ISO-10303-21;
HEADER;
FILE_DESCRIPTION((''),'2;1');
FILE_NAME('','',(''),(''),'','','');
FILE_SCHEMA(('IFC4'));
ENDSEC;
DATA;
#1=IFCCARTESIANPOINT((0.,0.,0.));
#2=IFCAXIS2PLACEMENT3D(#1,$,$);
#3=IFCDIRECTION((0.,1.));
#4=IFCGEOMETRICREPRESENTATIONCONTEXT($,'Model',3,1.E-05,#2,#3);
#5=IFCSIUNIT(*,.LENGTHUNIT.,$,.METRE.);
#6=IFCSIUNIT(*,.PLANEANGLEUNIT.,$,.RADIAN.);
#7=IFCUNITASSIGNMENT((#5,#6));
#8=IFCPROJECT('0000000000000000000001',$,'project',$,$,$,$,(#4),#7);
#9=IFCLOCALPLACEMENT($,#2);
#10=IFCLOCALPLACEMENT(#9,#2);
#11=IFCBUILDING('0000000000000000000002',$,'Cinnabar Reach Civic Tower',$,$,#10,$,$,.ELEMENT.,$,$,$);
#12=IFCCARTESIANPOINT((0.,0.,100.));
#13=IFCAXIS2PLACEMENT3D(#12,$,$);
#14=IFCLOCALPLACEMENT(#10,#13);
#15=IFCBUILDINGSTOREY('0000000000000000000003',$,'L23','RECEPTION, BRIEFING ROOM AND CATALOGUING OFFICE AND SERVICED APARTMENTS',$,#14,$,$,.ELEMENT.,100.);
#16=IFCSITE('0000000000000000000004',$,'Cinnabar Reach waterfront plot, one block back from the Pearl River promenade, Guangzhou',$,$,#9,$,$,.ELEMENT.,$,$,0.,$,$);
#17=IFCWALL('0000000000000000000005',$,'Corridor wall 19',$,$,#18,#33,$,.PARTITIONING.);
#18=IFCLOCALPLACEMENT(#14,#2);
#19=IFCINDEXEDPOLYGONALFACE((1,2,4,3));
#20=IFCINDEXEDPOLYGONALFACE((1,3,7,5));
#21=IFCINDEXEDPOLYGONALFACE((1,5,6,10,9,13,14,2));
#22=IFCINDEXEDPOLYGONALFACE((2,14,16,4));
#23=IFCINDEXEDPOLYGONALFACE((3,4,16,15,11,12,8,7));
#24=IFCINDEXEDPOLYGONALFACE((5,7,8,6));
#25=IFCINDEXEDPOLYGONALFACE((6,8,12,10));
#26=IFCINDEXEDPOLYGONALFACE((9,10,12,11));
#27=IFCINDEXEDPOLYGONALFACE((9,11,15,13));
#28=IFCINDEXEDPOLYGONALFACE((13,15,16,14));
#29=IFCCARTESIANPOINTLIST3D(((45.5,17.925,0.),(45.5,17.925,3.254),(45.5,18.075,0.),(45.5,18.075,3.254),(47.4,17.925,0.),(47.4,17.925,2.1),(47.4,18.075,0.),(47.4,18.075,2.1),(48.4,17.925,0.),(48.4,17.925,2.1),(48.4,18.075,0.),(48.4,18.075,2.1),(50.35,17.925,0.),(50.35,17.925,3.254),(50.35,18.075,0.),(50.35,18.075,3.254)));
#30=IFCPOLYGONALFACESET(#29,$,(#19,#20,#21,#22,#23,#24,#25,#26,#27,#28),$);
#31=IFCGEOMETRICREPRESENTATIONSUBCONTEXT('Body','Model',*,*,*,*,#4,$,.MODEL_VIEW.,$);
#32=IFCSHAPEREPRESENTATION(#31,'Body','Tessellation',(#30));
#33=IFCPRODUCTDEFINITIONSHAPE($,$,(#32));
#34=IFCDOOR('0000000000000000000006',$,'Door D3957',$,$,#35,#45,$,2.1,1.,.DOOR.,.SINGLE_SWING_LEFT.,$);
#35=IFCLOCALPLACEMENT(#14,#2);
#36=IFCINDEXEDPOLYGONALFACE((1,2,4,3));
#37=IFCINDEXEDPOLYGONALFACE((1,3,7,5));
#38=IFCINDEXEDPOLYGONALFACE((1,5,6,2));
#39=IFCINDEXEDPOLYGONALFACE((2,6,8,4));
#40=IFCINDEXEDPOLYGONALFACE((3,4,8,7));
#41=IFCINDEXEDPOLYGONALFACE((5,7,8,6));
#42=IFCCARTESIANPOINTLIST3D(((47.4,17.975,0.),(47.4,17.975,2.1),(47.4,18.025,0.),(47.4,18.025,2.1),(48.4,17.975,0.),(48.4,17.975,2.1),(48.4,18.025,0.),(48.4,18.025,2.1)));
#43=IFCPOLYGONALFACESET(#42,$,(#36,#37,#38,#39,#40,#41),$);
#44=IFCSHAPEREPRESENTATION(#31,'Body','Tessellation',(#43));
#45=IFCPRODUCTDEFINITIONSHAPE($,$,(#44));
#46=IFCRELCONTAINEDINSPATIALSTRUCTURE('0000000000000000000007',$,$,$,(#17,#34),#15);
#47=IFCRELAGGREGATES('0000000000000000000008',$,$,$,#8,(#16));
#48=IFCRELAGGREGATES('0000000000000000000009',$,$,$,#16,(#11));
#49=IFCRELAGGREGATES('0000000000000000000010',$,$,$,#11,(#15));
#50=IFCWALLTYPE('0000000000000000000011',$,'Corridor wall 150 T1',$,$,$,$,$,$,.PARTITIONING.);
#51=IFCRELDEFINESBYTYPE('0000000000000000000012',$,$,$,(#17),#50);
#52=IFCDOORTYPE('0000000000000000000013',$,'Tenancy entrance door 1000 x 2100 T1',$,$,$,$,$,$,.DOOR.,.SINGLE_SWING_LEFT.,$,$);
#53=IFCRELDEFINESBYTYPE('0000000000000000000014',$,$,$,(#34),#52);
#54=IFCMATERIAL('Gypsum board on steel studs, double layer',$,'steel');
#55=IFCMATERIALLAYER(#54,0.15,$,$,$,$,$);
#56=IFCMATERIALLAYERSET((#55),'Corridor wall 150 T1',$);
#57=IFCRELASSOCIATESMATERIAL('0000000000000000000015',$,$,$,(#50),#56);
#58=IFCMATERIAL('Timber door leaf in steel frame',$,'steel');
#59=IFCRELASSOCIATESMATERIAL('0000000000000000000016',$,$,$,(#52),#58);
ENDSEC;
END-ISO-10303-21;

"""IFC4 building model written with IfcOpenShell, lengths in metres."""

from ifc_helpers import new_model, si_unit, direction, frame, frame_2d, origin, place, context, subcontext, project, spatial, rectangle, extrude, material, layer, layer_set, type_object, element, fill, save


model = new_model("IFC4")

# Units and contexts
model_context = context("Model", 3, precision=1e-05, world=origin(), true_north=direction((0.0, 1.0)))
body_context = subcontext(model_context, "Body", "Model", "MODEL_VIEW")
ifc_project = project(units=[si_unit("LENGTHUNIT", "METRE"), si_unit("PLANEANGLEUNIT", "RADIAN")], contexts=[model_context])

# Site, building, storey
site_placement = place(None, origin())
site = spatial("IfcSite", under=ifc_project, at=site_placement, Name="Cinnabar Reach waterfront plot, one block back from the Pearl River promenade, Guangzhou", CompositionType="ELEMENT", RefElevation=0.0)
building_placement = place(site_placement, origin())
building = spatial("IfcBuilding", under=site, at=building_placement, Name="Cinnabar Reach Civic Tower", CompositionType="ELEMENT")
storey_placement = place(building_placement, frame((0.0, 0.0, 100.0)))
storey = spatial("IfcBuildingStorey", under=building, at=storey_placement, Name="L23", Description="RECEPTION, BRIEFING ROOM AND CATALOGUING OFFICE AND SERVICED APARTMENTS", CompositionType="ELEMENT", Elevation=100.0)

# Wall, opening, door
ifc_material_1 = material(Name="Gypsum board on steel studs, double layer", Category="steel")
ifc_layer_1 = layer(ifc_material_1, 0.15)
ifc_layer_set_1 = layer_set([ifc_layer_1], Name="Corridor wall 150 T1")
wall_type_1 = type_object("IfcWallType", Name="Corridor wall 150 T1", PredefinedType="PARTITIONING", material=ifc_layer_set_1)
wall_1_placement = place(storey_placement, frame((45.5, 18.0, 0.0), z_axis=(0.0, 0.0, 1.0), x_axis=(1.0, 0.0, 0.0)))
wall_1 = element("IfcWall", 1, at=wall_1_placement, inside=storey, type_object=wall_type_1, Name="Corridor wall 19", PredefinedType="PARTITIONING", context=body_context, shape_type="SweptSolid", body=[
    extrude(rectangle(XDim=4.85, YDim=0.15, at=frame_2d((2.425, 0.0))), origin(), (0.0, 0.0, 1.0), 3.254),
])
opening_1_placement = place(wall_1_placement, frame((1.9, 0.0, 0.0)))
opening_1 = element("IfcOpeningElement", 2, at=opening_1_placement, cuts=wall_1, PredefinedType="OPENING", context=body_context, shape_type="SweptSolid", body=[
    extrude(rectangle(XDim=1.0, YDim=2.1, at=frame_2d((0.5, 1.05))), frame((0.0, 0.085, 0.0), z_axis=(0.0, -1.0, 0.0), x_axis=(1.0, 0.0, 0.0)), (0.0, 0.0, 1.0), 0.17),
])
ifc_material_2 = material(Name="Timber door leaf in steel frame", Category="steel")
door_type_1 = type_object("IfcDoorType", Name="Tenancy entrance door 1000 x 2100 T1", OperationType="SINGLE_SWING_LEFT", PredefinedType="DOOR", material=ifc_material_2)
door_1_placement = place(opening_1_placement, frame((1.0, 0.0, 0.0), z_axis=(0.0, 0.0, 1.0), x_axis=(-1.0, 0.0, 0.0)))
door_1 = element("IfcDoor", 3, at=door_1_placement, inside=storey, type_object=door_type_1, Name="Door D3957", OperationType="SINGLE_SWING_LEFT", OverallHeight=2.1, OverallWidth=1.0, PredefinedType="DOOR", context=body_context, shape_type="SweptSolid", body=[
    extrude(rectangle(XDim=1.0, YDim=2.1, at=frame_2d((0.5, 1.05))), frame((0.0, 0.025, 0.0), z_axis=(0.0, -1.0, 0.0), x_axis=(1.0, 0.0, 0.0)), (0.0, 0.0, 1.0), 0.05),
])
fill(opening_1, door_1)

save(model, "model.ifc")
